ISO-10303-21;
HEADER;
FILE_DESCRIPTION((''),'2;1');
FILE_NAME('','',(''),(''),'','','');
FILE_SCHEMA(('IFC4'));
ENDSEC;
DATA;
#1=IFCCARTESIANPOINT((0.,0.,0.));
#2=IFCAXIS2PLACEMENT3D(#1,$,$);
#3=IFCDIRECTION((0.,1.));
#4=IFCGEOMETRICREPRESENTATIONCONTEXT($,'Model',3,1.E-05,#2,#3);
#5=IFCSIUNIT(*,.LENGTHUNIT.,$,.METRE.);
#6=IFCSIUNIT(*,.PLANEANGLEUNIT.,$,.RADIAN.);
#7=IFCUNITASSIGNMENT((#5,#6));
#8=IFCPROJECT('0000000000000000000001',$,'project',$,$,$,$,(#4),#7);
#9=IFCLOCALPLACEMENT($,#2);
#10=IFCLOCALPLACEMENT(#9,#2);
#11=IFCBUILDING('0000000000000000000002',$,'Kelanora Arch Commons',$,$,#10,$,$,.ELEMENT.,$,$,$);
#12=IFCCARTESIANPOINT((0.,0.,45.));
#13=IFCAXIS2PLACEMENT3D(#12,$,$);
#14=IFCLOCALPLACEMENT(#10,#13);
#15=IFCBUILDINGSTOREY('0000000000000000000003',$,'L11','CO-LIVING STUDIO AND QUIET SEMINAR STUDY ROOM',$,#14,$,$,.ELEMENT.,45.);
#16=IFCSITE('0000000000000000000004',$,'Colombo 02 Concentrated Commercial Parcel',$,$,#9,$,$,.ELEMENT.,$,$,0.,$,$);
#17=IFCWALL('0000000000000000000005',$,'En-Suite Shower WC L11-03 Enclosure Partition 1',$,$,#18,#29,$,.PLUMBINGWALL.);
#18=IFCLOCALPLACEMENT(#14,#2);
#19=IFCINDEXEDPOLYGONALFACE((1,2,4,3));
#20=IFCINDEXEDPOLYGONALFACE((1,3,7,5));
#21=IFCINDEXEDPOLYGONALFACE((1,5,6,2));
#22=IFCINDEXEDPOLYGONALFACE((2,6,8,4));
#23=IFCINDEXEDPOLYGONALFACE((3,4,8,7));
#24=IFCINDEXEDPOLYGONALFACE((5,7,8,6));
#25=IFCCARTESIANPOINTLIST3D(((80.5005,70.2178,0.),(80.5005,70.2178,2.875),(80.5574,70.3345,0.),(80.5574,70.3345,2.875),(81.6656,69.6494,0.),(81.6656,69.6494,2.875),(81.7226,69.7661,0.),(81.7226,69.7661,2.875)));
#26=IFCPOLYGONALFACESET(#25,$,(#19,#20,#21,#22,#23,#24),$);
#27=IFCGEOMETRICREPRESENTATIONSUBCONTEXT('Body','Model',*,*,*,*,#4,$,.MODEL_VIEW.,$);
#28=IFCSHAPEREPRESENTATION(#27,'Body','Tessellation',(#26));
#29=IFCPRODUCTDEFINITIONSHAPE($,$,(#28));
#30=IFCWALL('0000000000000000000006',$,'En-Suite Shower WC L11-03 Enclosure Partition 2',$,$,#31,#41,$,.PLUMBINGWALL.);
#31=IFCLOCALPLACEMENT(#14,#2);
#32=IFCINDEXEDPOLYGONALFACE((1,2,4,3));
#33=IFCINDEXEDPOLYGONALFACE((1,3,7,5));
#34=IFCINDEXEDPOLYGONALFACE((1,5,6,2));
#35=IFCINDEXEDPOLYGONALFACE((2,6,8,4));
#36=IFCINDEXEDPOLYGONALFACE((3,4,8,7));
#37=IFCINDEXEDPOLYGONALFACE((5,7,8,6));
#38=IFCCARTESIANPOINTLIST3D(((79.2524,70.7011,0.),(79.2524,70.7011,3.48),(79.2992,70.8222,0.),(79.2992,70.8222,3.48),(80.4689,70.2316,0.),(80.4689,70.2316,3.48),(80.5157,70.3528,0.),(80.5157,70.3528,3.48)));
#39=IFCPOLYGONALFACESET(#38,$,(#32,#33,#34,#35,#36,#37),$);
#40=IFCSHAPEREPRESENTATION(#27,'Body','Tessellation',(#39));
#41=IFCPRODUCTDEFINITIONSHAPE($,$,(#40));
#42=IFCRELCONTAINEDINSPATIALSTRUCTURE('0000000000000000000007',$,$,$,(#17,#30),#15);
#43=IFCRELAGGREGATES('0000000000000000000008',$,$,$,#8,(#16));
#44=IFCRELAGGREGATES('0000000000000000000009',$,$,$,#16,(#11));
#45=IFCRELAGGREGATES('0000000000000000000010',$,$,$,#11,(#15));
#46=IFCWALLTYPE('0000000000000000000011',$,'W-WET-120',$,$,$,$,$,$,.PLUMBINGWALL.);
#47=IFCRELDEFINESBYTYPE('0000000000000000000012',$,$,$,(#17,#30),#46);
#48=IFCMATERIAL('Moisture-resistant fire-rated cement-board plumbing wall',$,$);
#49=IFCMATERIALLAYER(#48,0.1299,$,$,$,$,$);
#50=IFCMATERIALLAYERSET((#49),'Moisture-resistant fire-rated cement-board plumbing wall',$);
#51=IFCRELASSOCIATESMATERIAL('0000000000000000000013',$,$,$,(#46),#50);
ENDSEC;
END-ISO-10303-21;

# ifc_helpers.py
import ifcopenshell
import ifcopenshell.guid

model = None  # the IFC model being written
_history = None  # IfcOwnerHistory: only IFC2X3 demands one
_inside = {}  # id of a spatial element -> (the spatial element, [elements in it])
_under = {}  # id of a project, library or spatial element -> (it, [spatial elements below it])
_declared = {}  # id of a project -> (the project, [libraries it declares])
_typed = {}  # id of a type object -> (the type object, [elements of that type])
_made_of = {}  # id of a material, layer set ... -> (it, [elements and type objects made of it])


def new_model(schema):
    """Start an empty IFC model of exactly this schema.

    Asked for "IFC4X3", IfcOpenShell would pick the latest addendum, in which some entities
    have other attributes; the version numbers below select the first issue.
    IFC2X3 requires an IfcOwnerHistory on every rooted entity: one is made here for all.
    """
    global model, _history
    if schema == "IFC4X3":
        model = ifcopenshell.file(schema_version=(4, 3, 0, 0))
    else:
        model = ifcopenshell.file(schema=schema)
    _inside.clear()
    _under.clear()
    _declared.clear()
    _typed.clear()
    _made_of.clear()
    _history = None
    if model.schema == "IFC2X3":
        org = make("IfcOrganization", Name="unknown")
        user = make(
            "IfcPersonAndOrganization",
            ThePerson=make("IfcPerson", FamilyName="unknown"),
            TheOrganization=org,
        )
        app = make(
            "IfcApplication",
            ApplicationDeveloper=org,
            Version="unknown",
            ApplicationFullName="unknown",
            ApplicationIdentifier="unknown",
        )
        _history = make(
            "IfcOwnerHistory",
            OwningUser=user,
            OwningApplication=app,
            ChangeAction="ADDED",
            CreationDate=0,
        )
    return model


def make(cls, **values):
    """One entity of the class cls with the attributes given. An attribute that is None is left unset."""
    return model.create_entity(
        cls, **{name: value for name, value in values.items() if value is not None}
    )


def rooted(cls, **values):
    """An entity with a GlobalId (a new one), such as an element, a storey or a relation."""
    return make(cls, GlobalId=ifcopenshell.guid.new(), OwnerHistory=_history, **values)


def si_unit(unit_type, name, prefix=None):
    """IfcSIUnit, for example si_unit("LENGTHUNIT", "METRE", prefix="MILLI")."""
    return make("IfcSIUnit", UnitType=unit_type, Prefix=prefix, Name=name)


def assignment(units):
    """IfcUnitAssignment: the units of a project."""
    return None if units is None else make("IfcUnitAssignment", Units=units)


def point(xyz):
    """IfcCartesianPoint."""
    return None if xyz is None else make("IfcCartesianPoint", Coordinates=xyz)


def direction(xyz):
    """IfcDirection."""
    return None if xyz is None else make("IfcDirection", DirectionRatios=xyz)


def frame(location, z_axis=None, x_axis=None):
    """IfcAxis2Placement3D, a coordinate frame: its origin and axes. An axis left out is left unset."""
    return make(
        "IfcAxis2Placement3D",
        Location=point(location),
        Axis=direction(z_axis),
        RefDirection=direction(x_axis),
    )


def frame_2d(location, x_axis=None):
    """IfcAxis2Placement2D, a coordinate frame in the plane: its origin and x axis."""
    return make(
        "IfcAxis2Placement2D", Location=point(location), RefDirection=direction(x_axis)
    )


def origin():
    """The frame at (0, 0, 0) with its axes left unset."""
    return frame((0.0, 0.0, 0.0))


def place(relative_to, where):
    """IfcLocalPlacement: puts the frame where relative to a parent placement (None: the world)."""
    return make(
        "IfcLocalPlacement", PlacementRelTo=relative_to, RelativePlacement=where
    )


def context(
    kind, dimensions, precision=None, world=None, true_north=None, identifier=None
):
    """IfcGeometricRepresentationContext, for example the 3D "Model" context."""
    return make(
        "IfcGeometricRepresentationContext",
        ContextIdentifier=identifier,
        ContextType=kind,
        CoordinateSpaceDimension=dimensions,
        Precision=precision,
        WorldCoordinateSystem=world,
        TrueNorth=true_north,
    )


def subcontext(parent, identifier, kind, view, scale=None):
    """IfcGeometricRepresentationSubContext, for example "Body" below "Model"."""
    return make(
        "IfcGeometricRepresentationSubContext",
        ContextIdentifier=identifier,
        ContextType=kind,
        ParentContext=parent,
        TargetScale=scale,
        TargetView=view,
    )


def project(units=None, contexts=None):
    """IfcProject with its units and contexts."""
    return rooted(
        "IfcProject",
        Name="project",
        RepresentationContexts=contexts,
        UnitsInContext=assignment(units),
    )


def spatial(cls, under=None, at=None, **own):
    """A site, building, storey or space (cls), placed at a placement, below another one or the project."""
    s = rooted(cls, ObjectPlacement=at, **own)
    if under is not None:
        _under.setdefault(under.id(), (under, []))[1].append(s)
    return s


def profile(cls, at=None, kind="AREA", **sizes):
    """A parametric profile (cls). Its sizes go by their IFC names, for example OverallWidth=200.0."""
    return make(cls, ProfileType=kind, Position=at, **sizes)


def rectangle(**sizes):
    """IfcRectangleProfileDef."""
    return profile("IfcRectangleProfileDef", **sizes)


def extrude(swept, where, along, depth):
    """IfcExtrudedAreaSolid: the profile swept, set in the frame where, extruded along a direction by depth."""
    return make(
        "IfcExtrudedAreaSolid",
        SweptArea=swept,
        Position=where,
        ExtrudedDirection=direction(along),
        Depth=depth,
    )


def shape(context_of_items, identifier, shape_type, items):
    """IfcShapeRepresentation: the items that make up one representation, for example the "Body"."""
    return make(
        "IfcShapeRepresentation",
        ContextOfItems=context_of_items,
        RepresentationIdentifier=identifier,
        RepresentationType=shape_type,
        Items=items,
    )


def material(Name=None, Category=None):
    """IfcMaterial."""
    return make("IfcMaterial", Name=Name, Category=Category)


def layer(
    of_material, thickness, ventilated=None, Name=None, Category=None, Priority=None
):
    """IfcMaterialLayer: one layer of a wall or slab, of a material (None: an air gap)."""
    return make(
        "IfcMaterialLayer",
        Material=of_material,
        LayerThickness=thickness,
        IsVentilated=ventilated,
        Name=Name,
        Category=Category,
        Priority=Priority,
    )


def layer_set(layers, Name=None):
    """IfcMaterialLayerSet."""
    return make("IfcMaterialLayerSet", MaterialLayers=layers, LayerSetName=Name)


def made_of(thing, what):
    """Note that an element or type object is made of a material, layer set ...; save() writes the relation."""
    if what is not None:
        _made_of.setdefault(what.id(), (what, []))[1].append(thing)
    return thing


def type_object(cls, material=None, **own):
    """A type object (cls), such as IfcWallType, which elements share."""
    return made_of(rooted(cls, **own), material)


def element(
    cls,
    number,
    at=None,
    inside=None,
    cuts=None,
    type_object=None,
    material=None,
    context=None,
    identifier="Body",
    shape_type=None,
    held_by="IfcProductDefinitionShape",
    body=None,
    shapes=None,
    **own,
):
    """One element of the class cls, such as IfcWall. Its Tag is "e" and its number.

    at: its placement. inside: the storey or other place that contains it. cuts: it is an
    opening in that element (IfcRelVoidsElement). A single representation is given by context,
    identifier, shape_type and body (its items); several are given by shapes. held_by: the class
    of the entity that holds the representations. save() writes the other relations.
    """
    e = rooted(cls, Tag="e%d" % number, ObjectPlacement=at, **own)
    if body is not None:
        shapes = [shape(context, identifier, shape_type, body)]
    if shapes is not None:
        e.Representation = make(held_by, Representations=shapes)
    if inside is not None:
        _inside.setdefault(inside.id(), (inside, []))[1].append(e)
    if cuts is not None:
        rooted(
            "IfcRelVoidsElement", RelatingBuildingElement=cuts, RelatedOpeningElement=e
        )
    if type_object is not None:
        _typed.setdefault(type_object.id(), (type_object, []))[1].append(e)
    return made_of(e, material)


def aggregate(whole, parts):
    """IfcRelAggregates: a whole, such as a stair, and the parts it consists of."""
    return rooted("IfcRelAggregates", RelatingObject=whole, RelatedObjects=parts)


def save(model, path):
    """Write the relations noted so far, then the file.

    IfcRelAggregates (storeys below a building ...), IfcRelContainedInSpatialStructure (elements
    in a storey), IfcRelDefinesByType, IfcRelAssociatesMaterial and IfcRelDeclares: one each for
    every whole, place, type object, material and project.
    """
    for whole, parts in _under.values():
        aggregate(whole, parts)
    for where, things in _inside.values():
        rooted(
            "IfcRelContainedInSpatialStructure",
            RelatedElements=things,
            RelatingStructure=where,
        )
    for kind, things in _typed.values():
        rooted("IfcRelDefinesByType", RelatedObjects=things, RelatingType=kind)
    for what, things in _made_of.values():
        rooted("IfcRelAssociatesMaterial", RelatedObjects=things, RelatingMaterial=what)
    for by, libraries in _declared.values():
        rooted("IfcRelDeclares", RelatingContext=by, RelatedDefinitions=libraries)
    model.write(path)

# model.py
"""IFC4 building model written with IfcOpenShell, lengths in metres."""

from ifc_helpers import new_model, si_unit, direction, frame, frame_2d, origin, place, context, subcontext, project, spatial, rectangle, extrude, material, layer, layer_set, type_object, element, save


model = new_model("IFC4")

# Units and contexts
model_context = context("Model", 3, precision=1e-05, world=origin(), true_north=direction((0.0, 1.0)))
body_context = subcontext(model_context, "Body", "Model", "MODEL_VIEW")
ifc_project = project(units=[si_unit("LENGTHUNIT", "METRE"), si_unit("PLANEANGLEUNIT", "RADIAN")], contexts=[model_context])

# Site, building, storey
site_placement = place(None, origin())
site = spatial("IfcSite", under=ifc_project, at=site_placement, Name="Colombo 02 Concentrated Commercial Parcel", CompositionType="ELEMENT", RefElevation=0.0)
building_placement = place(site_placement, origin())
building = spatial("IfcBuilding", under=site, at=building_placement, Name="Kelanora Arch Commons", CompositionType="ELEMENT")
storey_placement = place(building_placement, frame((0.0, 0.0, 45.0)))
storey = spatial("IfcBuildingStorey", under=building, at=storey_placement, Name="L11", Description="CO-LIVING STUDIO AND QUIET SEMINAR STUDY ROOM", CompositionType="ELEMENT", Elevation=45.0)

# Shared definitions
ifc_material_1 = material(Name="Moisture-resistant fire-rated cement-board plumbing wall")
ifc_layer_1 = layer(ifc_material_1, 0.1299)
ifc_layer_set_1 = layer_set([ifc_layer_1], Name="Moisture-resistant fire-rated cement-board plumbing wall")
wall_type_1 = type_object("IfcWallType", Name="W-WET-120", PredefinedType="PLUMBINGWALL", material=ifc_layer_set_1)

# Walls
wall_1_placement = place(storey_placement, frame((81.6941, 69.7078, 0.0), z_axis=(0.0, 0.0, 1.0), x_axis=(-0.898754, 0.438453, 0.0)))
element("IfcWall", 1, at=wall_1_placement, inside=storey, type_object=wall_type_1, Name="En-Suite Shower WC L11-03 Enclosure Partition 1", PredefinedType="PLUMBINGWALL", context=body_context, shape_type="SweptSolid", body=[
    extrude(rectangle(XDim=1.2964, YDim=0.1299, at=frame_2d((0.6482, 0.0))), origin(), (0.0, 0.0, 1.0), 2.875),
])
wall_2_placement = place(storey_placement, frame((80.4922, 70.2922, 0.0), z_axis=(0.0, 0.0, 1.0), x_axis=(-0.93294, 0.360033, 0.0)))
element("IfcWall", 2, at=wall_2_placement, inside=storey, type_object=wall_type_1, Name="En-Suite Shower WC L11-03 Enclosure Partition 2", PredefinedType="PLUMBINGWALL", context=body_context, shape_type="SweptSolid", body=[
    extrude(rectangle(XDim=1.304, YDim=0.1299, at=frame_2d((0.6519, 0.0))), origin(), (0.0, 0.0, 1.0), 3.48),
])

save(model, "model.ifc")
